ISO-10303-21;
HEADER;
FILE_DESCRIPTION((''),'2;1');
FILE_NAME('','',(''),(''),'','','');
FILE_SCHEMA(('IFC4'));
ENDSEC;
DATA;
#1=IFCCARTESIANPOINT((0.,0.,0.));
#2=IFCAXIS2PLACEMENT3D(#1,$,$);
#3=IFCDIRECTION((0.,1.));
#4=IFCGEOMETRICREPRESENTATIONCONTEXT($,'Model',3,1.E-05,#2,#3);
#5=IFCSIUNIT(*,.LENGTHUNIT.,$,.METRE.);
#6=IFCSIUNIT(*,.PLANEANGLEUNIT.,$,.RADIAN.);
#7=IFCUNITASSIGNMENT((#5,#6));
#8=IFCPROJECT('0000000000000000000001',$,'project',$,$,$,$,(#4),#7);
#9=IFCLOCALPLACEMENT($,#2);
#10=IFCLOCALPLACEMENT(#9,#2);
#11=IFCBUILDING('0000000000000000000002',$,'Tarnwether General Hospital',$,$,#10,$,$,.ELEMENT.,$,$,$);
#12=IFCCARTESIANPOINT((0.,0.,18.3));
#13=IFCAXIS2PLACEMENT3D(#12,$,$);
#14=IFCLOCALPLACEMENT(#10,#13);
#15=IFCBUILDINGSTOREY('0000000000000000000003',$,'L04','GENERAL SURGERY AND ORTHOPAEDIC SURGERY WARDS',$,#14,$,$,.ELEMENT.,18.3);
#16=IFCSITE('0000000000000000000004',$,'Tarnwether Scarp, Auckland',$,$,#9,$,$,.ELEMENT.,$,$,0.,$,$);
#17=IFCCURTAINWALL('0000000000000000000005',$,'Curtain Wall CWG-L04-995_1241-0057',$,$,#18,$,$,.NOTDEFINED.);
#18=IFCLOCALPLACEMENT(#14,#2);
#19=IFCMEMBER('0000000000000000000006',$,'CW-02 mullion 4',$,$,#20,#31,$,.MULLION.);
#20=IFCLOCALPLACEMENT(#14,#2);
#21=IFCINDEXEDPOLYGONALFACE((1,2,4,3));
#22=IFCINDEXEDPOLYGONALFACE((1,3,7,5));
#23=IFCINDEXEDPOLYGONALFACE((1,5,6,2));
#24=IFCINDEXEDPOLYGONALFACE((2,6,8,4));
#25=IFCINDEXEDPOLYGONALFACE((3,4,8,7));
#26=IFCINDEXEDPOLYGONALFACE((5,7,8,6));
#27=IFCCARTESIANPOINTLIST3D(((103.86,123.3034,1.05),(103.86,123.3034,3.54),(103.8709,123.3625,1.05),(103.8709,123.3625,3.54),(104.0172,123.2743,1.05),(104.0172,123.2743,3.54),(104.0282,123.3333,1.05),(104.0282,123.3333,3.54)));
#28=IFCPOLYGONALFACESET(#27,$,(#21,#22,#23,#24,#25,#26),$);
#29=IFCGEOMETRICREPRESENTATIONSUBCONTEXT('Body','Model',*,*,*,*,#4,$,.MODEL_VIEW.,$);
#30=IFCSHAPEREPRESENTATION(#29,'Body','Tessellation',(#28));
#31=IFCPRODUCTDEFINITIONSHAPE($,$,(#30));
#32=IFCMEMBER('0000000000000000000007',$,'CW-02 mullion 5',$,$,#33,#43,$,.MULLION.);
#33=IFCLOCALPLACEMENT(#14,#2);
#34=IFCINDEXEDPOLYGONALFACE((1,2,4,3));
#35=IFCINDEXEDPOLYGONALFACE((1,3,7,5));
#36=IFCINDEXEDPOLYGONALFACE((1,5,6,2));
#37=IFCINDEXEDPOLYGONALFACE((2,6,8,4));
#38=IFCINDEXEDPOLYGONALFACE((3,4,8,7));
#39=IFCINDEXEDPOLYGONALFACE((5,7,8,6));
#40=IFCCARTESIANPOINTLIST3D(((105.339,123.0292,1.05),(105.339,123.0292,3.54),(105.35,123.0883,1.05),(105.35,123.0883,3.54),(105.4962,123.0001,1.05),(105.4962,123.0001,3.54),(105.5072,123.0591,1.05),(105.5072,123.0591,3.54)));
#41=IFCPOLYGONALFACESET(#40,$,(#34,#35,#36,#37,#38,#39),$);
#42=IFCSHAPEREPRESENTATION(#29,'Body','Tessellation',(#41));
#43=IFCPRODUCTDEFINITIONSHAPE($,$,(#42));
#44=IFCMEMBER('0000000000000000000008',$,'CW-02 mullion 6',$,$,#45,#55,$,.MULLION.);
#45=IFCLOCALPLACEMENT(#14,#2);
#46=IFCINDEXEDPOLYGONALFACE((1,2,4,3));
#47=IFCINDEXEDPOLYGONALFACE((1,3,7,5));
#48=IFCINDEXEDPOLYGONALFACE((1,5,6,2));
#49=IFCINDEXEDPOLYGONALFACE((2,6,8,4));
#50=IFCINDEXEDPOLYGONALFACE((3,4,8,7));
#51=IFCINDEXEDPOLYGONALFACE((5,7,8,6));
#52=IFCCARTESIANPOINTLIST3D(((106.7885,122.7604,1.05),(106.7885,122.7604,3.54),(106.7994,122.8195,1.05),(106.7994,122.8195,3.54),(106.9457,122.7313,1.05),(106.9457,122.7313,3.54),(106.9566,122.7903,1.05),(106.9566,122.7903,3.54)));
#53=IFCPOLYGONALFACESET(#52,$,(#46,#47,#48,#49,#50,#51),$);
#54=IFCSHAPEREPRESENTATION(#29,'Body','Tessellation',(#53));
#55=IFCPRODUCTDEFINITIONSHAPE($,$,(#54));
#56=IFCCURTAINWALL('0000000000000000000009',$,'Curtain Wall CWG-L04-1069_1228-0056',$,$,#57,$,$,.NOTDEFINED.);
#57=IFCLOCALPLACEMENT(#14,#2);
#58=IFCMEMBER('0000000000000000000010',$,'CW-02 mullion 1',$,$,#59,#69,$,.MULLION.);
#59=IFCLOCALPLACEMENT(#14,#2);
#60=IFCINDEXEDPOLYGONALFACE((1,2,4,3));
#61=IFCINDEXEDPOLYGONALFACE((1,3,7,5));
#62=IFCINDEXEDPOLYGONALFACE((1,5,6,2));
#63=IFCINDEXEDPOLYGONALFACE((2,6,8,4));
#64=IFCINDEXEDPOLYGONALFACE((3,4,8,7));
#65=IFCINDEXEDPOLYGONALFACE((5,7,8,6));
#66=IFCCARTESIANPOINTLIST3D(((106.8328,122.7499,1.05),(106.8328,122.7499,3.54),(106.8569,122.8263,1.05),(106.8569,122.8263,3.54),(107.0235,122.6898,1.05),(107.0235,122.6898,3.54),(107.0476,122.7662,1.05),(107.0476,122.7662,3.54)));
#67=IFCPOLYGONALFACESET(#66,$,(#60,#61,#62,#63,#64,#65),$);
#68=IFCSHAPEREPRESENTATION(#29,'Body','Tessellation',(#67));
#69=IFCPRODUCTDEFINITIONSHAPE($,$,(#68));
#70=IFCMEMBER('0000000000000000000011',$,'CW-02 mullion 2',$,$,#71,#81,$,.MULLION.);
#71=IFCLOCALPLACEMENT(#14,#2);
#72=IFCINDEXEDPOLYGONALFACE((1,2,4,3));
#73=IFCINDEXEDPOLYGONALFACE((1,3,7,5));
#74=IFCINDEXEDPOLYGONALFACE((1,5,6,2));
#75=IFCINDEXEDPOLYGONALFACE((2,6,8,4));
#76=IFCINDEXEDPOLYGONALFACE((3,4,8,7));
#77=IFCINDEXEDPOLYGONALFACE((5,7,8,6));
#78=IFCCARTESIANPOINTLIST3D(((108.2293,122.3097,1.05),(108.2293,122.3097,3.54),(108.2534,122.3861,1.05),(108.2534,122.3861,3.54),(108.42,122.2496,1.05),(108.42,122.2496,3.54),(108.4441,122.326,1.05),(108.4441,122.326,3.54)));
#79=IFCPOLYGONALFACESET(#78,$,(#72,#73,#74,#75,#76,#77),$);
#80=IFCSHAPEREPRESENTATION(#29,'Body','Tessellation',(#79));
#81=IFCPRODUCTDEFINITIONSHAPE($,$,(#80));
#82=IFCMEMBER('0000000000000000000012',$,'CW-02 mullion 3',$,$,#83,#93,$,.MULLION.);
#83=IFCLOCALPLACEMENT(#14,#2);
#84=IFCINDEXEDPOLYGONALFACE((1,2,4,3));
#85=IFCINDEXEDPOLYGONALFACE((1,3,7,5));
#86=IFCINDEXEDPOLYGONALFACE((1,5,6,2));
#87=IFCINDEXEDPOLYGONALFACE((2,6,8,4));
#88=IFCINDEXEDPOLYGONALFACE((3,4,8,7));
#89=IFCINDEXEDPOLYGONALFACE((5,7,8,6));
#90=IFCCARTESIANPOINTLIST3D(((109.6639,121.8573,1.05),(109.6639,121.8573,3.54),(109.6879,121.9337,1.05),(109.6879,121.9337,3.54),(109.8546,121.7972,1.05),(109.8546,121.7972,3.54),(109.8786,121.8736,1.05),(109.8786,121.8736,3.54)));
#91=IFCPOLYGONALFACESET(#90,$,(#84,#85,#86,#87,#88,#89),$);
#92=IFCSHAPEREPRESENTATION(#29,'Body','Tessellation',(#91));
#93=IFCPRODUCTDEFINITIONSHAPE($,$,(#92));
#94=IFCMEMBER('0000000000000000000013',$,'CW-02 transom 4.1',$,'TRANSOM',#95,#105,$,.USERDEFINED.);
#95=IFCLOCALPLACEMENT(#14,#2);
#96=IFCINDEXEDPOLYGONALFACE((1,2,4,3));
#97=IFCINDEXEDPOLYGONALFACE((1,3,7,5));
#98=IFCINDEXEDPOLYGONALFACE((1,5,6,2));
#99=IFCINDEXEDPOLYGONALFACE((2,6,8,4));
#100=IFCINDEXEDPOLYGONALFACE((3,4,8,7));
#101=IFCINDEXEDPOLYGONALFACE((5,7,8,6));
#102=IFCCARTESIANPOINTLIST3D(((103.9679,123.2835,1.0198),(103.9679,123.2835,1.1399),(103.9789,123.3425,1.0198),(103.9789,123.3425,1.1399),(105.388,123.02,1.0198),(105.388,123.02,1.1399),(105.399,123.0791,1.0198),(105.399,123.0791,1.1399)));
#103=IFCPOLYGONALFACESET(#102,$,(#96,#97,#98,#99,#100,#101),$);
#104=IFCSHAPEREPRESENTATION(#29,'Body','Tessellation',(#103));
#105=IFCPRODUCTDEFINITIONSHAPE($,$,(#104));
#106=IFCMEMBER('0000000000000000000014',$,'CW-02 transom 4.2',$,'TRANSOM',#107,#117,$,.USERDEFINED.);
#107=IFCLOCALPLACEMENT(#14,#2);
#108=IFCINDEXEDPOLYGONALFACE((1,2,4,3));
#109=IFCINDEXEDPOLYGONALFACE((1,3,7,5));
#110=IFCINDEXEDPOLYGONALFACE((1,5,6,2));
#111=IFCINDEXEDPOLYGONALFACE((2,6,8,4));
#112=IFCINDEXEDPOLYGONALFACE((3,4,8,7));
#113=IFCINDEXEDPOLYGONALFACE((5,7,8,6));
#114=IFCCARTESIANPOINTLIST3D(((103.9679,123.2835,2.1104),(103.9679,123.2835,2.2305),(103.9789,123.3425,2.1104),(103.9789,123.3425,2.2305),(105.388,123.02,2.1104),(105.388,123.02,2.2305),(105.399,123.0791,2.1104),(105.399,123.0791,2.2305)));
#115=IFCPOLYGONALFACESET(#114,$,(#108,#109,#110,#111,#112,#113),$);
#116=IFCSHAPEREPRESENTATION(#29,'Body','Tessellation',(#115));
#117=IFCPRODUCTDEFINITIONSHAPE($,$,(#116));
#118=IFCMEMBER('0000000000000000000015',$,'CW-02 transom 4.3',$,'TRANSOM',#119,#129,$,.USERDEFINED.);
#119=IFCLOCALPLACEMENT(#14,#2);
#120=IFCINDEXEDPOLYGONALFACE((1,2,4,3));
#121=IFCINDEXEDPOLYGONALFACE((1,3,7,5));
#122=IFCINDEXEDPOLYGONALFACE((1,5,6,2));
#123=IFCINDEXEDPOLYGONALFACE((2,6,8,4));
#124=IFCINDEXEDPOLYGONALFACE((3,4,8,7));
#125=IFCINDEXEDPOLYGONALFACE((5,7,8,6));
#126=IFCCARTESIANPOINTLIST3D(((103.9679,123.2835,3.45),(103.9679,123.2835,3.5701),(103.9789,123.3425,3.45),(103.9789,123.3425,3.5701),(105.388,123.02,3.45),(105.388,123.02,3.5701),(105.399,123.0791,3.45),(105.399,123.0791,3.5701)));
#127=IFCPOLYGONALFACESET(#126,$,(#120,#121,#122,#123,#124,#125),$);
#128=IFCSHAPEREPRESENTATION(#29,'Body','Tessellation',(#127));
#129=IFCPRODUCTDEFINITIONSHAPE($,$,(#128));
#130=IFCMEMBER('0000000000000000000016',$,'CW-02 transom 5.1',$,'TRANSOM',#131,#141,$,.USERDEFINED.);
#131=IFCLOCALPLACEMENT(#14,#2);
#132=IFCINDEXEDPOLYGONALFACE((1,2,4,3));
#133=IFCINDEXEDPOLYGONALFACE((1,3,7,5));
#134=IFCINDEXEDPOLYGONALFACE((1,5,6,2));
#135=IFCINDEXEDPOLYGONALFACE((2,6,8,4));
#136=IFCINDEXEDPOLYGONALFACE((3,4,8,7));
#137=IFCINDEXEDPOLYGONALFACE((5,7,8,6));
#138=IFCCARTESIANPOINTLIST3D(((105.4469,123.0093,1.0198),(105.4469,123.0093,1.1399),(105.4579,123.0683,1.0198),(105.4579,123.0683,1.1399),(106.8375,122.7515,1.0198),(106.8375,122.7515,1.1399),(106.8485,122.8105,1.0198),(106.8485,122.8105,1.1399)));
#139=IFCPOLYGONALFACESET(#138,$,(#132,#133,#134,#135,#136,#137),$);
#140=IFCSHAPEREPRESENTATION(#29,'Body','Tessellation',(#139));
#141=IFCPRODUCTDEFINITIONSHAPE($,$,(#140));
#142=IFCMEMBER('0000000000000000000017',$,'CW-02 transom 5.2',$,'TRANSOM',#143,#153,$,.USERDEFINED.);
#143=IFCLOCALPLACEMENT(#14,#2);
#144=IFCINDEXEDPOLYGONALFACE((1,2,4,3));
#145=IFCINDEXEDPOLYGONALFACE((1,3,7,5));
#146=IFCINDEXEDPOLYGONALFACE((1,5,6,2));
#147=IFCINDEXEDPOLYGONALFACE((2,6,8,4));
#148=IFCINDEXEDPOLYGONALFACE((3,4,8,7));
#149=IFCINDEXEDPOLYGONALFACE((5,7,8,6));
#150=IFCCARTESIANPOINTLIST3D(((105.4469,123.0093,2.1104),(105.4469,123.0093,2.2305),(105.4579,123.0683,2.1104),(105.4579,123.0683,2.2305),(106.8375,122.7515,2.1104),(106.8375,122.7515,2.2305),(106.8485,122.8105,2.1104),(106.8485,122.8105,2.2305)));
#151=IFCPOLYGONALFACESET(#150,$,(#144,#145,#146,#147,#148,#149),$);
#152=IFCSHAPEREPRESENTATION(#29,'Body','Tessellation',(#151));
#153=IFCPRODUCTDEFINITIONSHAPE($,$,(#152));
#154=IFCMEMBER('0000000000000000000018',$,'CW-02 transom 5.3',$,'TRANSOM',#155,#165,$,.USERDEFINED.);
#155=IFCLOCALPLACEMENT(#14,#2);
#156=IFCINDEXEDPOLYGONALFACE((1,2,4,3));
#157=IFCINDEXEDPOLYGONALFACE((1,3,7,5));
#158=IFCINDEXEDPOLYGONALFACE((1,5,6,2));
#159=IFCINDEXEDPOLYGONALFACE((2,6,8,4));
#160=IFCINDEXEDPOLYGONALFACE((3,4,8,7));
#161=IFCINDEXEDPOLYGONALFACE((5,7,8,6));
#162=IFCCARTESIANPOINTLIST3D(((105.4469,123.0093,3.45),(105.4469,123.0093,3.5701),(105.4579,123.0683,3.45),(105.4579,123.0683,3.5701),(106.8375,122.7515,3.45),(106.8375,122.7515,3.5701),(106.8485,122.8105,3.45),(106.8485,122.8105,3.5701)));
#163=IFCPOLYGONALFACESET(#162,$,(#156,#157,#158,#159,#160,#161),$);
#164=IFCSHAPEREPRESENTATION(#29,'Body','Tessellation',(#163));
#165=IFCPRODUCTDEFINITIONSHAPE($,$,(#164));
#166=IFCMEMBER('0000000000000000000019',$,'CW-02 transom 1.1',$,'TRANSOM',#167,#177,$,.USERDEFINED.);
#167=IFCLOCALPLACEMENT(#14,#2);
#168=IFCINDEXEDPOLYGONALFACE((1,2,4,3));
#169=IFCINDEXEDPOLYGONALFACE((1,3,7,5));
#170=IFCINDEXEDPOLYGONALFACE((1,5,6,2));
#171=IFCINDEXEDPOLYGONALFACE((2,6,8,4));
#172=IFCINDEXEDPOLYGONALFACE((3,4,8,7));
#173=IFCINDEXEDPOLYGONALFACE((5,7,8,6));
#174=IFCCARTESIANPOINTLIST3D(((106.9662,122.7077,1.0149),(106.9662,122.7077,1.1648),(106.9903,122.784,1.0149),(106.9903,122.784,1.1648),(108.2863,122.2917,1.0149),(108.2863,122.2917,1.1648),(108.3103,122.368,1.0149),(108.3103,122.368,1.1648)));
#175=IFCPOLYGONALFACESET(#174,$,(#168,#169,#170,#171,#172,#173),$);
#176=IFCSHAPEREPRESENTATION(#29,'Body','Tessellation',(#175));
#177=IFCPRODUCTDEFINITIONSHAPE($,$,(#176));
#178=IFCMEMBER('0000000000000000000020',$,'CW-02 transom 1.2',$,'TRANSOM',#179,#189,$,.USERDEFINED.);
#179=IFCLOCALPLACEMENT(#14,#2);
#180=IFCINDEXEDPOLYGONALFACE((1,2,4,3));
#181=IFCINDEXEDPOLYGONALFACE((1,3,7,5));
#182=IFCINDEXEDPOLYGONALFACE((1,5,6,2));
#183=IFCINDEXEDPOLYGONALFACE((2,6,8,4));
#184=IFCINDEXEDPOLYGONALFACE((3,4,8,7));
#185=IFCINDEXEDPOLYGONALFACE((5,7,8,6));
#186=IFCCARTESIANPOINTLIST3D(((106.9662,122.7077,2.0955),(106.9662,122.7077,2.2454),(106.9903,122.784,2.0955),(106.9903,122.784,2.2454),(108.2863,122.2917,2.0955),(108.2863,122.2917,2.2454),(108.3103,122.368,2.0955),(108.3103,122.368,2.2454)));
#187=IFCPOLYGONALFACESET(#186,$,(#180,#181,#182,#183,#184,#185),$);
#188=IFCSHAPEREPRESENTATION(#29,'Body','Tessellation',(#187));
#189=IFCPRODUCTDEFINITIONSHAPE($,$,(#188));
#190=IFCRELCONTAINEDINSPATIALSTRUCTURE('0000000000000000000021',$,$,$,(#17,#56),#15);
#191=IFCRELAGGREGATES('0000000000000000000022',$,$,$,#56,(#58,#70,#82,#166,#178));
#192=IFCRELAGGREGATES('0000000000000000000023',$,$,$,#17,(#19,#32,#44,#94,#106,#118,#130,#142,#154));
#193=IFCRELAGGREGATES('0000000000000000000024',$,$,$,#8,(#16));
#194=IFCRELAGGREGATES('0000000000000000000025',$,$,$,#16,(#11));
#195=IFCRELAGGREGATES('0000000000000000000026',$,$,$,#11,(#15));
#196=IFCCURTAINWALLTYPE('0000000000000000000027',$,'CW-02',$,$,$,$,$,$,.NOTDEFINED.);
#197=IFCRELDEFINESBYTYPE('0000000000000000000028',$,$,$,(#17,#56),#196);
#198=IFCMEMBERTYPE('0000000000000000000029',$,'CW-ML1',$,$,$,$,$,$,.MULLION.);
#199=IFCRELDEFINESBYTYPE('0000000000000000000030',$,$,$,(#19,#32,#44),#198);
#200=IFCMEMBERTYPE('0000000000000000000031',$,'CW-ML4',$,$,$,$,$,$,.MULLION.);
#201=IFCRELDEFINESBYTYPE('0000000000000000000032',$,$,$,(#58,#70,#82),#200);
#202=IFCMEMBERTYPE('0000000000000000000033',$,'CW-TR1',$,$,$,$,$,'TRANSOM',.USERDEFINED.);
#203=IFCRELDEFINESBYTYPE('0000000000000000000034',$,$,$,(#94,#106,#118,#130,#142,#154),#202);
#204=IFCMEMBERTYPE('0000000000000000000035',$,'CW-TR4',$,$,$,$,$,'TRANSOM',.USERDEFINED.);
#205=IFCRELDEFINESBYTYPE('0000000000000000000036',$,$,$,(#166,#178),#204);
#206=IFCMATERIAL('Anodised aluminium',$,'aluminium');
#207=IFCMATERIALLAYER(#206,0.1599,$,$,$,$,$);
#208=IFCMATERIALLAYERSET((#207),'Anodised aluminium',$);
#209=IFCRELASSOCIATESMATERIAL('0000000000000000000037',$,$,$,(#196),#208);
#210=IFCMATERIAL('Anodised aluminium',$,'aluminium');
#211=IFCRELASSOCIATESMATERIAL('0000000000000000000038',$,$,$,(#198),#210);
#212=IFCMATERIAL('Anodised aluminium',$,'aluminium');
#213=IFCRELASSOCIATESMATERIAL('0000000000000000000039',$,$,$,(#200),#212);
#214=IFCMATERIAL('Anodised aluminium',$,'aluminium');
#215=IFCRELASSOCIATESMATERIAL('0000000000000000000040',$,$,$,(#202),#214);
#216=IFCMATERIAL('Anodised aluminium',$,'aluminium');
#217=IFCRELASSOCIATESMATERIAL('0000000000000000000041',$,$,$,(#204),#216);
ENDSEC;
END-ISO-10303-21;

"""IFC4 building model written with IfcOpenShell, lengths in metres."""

from ifc_helpers import new_model, si_unit, direction, frame, origin, origin_2d, place, context, subcontext, project, spatial, rectangle, extrude, material, layer, layer_set, material_profile, profile_set, type_object, element, aggregate, save


model = new_model("IFC4")

# Units and contexts
model_context = context("Model", 3, precision=1e-05, world=origin(), true_north=direction((0.0, 1.0)))
body_context = subcontext(model_context, "Body", "Model", "MODEL_VIEW")
ifc_project = project(units=[si_unit("LENGTHUNIT", "METRE"), si_unit("PLANEANGLEUNIT", "RADIAN")], contexts=[model_context])

# Site, building, storey
site_placement = place(None, origin())
site = spatial("IfcSite", under=ifc_project, at=site_placement, Name="Tarnwether Scarp, Auckland", CompositionType="ELEMENT", RefElevation=0.0)
building_placement = place(site_placement, origin())
building = spatial("IfcBuilding", under=site, at=building_placement, Name="Tarnwether General Hospital", CompositionType="ELEMENT")
storey_placement = place(building_placement, frame((0.0, 0.0, 18.3)))
storey = spatial("IfcBuildingStorey", under=building, at=storey_placement, Name="L04", Description="GENERAL SURGERY AND ORTHOPAEDIC SURGERY WARDS", CompositionType="ELEMENT", Elevation=18.3)

# Curtain walls, members
ifc_material_1 = material(Name="Anodised aluminium", Category="aluminium")
ifc_layer_1 = layer(ifc_material_1, 0.1599)
ifc_layer_set_1 = layer_set([ifc_layer_1], Name="Anodised aluminium")
curtain_wall_type = type_object("IfcCurtainWallType", Name="CW-02", PredefinedType="NOTDEFINED", material=ifc_layer_set_1)
curtain_wall_1_placement = place(storey_placement, origin())
curtain_wall_1 = element("IfcCurtainWall", 1, at=curtain_wall_1_placement, inside=storey, type_object=curtain_wall_type, Name="Curtain Wall CWG-L04-995_1241-0057", PredefinedType="NOTDEFINED")
ifc_material_2 = material(Name="Anodised aluminium", Category="aluminium")
ifc_material_profile_1 = material_profile(ifc_material_2, rectangle(XDim=0.0601, YDim=0.1599, at=origin_2d()), Name="ALU-MUL-60x160")
ifc_profile_set_1 = profile_set([ifc_material_profile_1], Name="Anodised aluminium")
member_type_1 = type_object("IfcMemberType", Name="CW-ML1", PredefinedType="MULLION", material=ifc_profile_set_1)
member_1_placement = place(storey_placement, frame((103.9441, 123.3184, 1.05), z_axis=(0.0, 0.0, 1.0), x_axis=(0.182289, 0.983245, 0.0)))
member_1 = element("IfcMember", 2, at=member_1_placement, type_object=member_type_1, Name="CW-02 mullion 4", PredefinedType="MULLION", context=body_context, shape_type="SweptSolid", body=[
    extrude(rectangle(XDim=0.0601, YDim=0.1599, at=origin_2d()), origin(), (0.0, 0.0, 1.0), 2.49),
])
member_2_placement = place(storey_placement, frame((105.4231, 123.0442, 1.05), z_axis=(0.0, 0.0, 1.0), x_axis=(0.182289, 0.983245, 0.0)))
member_2 = element("IfcMember", 3, at=member_2_placement, type_object=member_type_1, Name="CW-02 mullion 5", PredefinedType="MULLION", context=body_context, shape_type="SweptSolid", body=[
    extrude(rectangle(XDim=0.0601, YDim=0.1599, at=origin_2d()), origin(), (0.0, 0.0, 1.0), 2.49),
])
member_3_placement = place(storey_placement, frame((106.8726, 122.7754, 1.05), z_axis=(0.0, 0.0, 1.0), x_axis=(0.182289, 0.983245, 0.0)))
member_3 = element("IfcMember", 4, at=member_3_placement, type_object=member_type_1, Name="CW-02 mullion 6", PredefinedType="MULLION", context=body_context, shape_type="SweptSolid", body=[
    extrude(rectangle(XDim=0.0601, YDim=0.1599, at=origin_2d()), origin(), (0.0, 0.0, 1.0), 2.49),
])
curtain_wall_2_placement = place(storey_placement, origin())
curtain_wall_2 = element("IfcCurtainWall", 5, at=curtain_wall_2_placement, inside=storey, type_object=curtain_wall_type, Name="Curtain Wall CWG-L04-1069_1228-0056", PredefinedType="NOTDEFINED")
ifc_material_3 = material(Name="Anodised aluminium", Category="aluminium")
ifc_material_profile_2 = material_profile(ifc_material_3, rectangle(XDim=0.0801, YDim=0.2, at=origin_2d()), Name="ALU-MUL-80x200")
ifc_profile_set_2 = profile_set([ifc_material_profile_2], Name="Anodised aluminium")
member_type_2 = type_object("IfcMemberType", Name="CW-ML4", PredefinedType="MULLION", material=ifc_profile_set_2)
member_4_placement = place(storey_placement, frame((106.9402, 122.7581, 1.05), z_axis=(0.0, 0.0, 1.0), x_axis=(0.300629, 0.953741, 0.0)))
member_4 = element("IfcMember", 6, at=member_4_placement, type_object=member_type_2, Name="CW-02 mullion 1", PredefinedType="MULLION", context=body_context, shape_type="SweptSolid", body=[
    extrude(rectangle(XDim=0.0801, YDim=0.2, at=origin_2d()), origin(), (0.0, 0.0, 1.0), 2.49),
])
member_5_placement = place(storey_placement, frame((108.3367, 122.3179, 1.05), z_axis=(0.0, 0.0, 1.0), x_axis=(0.300629, 0.953741, 0.0)))
member_5 = element("IfcMember", 7, at=member_5_placement, type_object=member_type_2, Name="CW-02 mullion 2", PredefinedType="MULLION", context=body_context, shape_type="SweptSolid", body=[
    extrude(rectangle(XDim=0.0801, YDim=0.2, at=origin_2d()), origin(), (0.0, 0.0, 1.0), 2.49),
])
member_6_placement = place(storey_placement, frame((109.7712, 121.8655, 1.05), z_axis=(0.0, 0.0, 1.0), x_axis=(0.300629, 0.953741, 0.0)))
member_6 = element("IfcMember", 8, at=member_6_placement, type_object=member_type_2, Name="CW-02 mullion 3", PredefinedType="MULLION", context=body_context, shape_type="SweptSolid", body=[
    extrude(rectangle(XDim=0.0801, YDim=0.2, at=origin_2d()), origin(), (0.0, 0.0, 1.0), 2.49),
])

# Members
ifc_material_4 = material(Name="Anodised aluminium", Category="aluminium")
ifc_material_profile_3 = material_profile(ifc_material_4, rectangle(XDim=0.0601, YDim=0.1201, at=origin_2d()), Name="ALU-TRN-60x120")
ifc_profile_set_3 = profile_set([ifc_material_profile_3], Name="Anodised aluminium")
member_type_3 = type_object("IfcMemberType", Name="CW-TR1", ElementType="TRANSOM", PredefinedType="USERDEFINED", material=ifc_profile_set_3)
member_7_placement = place(storey_placement, frame((103.9734, 123.313, 1.0798), z_axis=(0.983228, -0.18238, 0.0), x_axis=(0.18238, 0.983228, 0.0)))
member_7 = element("IfcMember", 9, at=member_7_placement, type_object=member_type_3, Name="CW-02 transom 4.1", ObjectType="TRANSOM", PredefinedType="USERDEFINED", context=body_context, shape_type="SweptSolid", body=[
    extrude(rectangle(XDim=0.0601, YDim=0.1201, at=origin_2d()), origin(), (0.0, 0.0, 1.0), 1.4443),
])
member_8_placement = place(storey_placement, frame((103.9734, 123.313, 2.1704), z_axis=(0.983228, -0.18238, 0.0), x_axis=(0.18238, 0.983228, 0.0)))
member_8 = element("IfcMember", 10, at=member_8_placement, type_object=member_type_3, Name="CW-02 transom 4.2", ObjectType="TRANSOM", PredefinedType="USERDEFINED", context=body_context, shape_type="SweptSolid", body=[
    extrude(rectangle(XDim=0.0601, YDim=0.1201, at=origin_2d()), origin(), (0.0, 0.0, 1.0), 1.4443),
])
member_9_placement = place(storey_placement, frame((103.9734, 123.313, 3.51), z_axis=(0.983228, -0.18238, 0.0), x_axis=(0.18238, 0.983228, 0.0)))
member_9 = element("IfcMember", 11, at=member_9_placement, type_object=member_type_3, Name="CW-02 transom 4.3", ObjectType="TRANSOM", PredefinedType="USERDEFINED", context=body_context, shape_type="SweptSolid", body=[
    extrude(rectangle(XDim=0.0601, YDim=0.1201, at=origin_2d()), origin(), (0.0, 0.0, 1.0), 1.4443),
])
member_10_placement = place(storey_placement, frame((105.4524, 123.0388, 1.0798), z_axis=(0.983245, -0.182287, 0.0), x_axis=(0.182287, 0.983245, 0.0)))
member_10 = element("IfcMember", 12, at=member_10_placement, type_object=member_type_3, Name="CW-02 transom 5.1", ObjectType="TRANSOM", PredefinedType="USERDEFINED", context=body_context, shape_type="SweptSolid", body=[
    extrude(rectangle(XDim=0.0601, YDim=0.1201, at=origin_2d()), origin(), (0.0, 0.0, 1.0), 1.4143),
])
member_11_placement = place(storey_placement, frame((105.4524, 123.0388, 2.1704), z_axis=(0.983245, -0.182287, 0.0), x_axis=(0.182287, 0.983245, 0.0)))
member_11 = element("IfcMember", 13, at=member_11_placement, type_object=member_type_3, Name="CW-02 transom 5.2", ObjectType="TRANSOM", PredefinedType="USERDEFINED", context=body_context, shape_type="SweptSolid", body=[
    extrude(rectangle(XDim=0.0601, YDim=0.1201, at=origin_2d()), origin(), (0.0, 0.0, 1.0), 1.4143),
])
member_12_placement = place(storey_placement, frame((105.4524, 123.0388, 3.51), z_axis=(0.983245, -0.182287, 0.0), x_axis=(0.182287, 0.983245, 0.0)))
member_12 = element("IfcMember", 14, at=member_12_placement, type_object=member_type_3, Name="CW-02 transom 5.3", ObjectType="TRANSOM", PredefinedType="USERDEFINED", context=body_context, shape_type="SweptSolid", body=[
    extrude(rectangle(XDim=0.0601, YDim=0.1201, at=origin_2d()), origin(), (0.0, 0.0, 1.0), 1.4143),
])
ifc_material_5 = material(Name="Anodised aluminium", Category="aluminium")
ifc_material_profile_4 = material_profile(ifc_material_5, rectangle(XDim=0.0801, YDim=0.1499, at=origin_2d()), Name="ALU-TRN-80x150")
ifc_profile_set_4 = profile_set([ifc_material_profile_4], Name="Anodised aluminium")
member_type_4 = type_object("IfcMemberType", Name="CW-TR4", ElementType="TRANSOM", PredefinedType="USERDEFINED", material=ifc_profile_set_4)
member_13_placement = place(storey_placement, frame((106.9783, 122.7458, 1.0898), z_axis=(0.953758, -0.300574, 0.0), x_axis=(0.300574, 0.953758, 0.0)))
member_13 = element("IfcMember", 15, at=member_13_placement, type_object=member_type_4, Name="CW-02 transom 1.1", ObjectType="TRANSOM", PredefinedType="USERDEFINED", context=body_context, shape_type="SweptSolid", body=[
    extrude(rectangle(XDim=0.0801, YDim=0.1499, at=origin_2d()), origin(), (0.0, 0.0, 1.0), 1.384),
])
member_14_placement = place(storey_placement, frame((106.9783, 122.7458, 2.1704), z_axis=(0.953758, -0.300574, 0.0), x_axis=(0.300574, 0.953758, 0.0)))
member_14 = element("IfcMember", 16, at=member_14_placement, type_object=member_type_4, Name="CW-02 transom 1.2", ObjectType="TRANSOM", PredefinedType="USERDEFINED", context=body_context, shape_type="SweptSolid", body=[
    extrude(rectangle(XDim=0.0801, YDim=0.1499, at=origin_2d()), origin(), (0.0, 0.0, 1.0), 1.384),
])

aggregate(curtain_wall_2, [member_4, member_5, member_6, member_13, member_14])
aggregate(curtain_wall_1, [member_1, member_2, member_3, member_7, member_8, member_9, member_10, member_11, member_12])

save(model, "model.ifc")
